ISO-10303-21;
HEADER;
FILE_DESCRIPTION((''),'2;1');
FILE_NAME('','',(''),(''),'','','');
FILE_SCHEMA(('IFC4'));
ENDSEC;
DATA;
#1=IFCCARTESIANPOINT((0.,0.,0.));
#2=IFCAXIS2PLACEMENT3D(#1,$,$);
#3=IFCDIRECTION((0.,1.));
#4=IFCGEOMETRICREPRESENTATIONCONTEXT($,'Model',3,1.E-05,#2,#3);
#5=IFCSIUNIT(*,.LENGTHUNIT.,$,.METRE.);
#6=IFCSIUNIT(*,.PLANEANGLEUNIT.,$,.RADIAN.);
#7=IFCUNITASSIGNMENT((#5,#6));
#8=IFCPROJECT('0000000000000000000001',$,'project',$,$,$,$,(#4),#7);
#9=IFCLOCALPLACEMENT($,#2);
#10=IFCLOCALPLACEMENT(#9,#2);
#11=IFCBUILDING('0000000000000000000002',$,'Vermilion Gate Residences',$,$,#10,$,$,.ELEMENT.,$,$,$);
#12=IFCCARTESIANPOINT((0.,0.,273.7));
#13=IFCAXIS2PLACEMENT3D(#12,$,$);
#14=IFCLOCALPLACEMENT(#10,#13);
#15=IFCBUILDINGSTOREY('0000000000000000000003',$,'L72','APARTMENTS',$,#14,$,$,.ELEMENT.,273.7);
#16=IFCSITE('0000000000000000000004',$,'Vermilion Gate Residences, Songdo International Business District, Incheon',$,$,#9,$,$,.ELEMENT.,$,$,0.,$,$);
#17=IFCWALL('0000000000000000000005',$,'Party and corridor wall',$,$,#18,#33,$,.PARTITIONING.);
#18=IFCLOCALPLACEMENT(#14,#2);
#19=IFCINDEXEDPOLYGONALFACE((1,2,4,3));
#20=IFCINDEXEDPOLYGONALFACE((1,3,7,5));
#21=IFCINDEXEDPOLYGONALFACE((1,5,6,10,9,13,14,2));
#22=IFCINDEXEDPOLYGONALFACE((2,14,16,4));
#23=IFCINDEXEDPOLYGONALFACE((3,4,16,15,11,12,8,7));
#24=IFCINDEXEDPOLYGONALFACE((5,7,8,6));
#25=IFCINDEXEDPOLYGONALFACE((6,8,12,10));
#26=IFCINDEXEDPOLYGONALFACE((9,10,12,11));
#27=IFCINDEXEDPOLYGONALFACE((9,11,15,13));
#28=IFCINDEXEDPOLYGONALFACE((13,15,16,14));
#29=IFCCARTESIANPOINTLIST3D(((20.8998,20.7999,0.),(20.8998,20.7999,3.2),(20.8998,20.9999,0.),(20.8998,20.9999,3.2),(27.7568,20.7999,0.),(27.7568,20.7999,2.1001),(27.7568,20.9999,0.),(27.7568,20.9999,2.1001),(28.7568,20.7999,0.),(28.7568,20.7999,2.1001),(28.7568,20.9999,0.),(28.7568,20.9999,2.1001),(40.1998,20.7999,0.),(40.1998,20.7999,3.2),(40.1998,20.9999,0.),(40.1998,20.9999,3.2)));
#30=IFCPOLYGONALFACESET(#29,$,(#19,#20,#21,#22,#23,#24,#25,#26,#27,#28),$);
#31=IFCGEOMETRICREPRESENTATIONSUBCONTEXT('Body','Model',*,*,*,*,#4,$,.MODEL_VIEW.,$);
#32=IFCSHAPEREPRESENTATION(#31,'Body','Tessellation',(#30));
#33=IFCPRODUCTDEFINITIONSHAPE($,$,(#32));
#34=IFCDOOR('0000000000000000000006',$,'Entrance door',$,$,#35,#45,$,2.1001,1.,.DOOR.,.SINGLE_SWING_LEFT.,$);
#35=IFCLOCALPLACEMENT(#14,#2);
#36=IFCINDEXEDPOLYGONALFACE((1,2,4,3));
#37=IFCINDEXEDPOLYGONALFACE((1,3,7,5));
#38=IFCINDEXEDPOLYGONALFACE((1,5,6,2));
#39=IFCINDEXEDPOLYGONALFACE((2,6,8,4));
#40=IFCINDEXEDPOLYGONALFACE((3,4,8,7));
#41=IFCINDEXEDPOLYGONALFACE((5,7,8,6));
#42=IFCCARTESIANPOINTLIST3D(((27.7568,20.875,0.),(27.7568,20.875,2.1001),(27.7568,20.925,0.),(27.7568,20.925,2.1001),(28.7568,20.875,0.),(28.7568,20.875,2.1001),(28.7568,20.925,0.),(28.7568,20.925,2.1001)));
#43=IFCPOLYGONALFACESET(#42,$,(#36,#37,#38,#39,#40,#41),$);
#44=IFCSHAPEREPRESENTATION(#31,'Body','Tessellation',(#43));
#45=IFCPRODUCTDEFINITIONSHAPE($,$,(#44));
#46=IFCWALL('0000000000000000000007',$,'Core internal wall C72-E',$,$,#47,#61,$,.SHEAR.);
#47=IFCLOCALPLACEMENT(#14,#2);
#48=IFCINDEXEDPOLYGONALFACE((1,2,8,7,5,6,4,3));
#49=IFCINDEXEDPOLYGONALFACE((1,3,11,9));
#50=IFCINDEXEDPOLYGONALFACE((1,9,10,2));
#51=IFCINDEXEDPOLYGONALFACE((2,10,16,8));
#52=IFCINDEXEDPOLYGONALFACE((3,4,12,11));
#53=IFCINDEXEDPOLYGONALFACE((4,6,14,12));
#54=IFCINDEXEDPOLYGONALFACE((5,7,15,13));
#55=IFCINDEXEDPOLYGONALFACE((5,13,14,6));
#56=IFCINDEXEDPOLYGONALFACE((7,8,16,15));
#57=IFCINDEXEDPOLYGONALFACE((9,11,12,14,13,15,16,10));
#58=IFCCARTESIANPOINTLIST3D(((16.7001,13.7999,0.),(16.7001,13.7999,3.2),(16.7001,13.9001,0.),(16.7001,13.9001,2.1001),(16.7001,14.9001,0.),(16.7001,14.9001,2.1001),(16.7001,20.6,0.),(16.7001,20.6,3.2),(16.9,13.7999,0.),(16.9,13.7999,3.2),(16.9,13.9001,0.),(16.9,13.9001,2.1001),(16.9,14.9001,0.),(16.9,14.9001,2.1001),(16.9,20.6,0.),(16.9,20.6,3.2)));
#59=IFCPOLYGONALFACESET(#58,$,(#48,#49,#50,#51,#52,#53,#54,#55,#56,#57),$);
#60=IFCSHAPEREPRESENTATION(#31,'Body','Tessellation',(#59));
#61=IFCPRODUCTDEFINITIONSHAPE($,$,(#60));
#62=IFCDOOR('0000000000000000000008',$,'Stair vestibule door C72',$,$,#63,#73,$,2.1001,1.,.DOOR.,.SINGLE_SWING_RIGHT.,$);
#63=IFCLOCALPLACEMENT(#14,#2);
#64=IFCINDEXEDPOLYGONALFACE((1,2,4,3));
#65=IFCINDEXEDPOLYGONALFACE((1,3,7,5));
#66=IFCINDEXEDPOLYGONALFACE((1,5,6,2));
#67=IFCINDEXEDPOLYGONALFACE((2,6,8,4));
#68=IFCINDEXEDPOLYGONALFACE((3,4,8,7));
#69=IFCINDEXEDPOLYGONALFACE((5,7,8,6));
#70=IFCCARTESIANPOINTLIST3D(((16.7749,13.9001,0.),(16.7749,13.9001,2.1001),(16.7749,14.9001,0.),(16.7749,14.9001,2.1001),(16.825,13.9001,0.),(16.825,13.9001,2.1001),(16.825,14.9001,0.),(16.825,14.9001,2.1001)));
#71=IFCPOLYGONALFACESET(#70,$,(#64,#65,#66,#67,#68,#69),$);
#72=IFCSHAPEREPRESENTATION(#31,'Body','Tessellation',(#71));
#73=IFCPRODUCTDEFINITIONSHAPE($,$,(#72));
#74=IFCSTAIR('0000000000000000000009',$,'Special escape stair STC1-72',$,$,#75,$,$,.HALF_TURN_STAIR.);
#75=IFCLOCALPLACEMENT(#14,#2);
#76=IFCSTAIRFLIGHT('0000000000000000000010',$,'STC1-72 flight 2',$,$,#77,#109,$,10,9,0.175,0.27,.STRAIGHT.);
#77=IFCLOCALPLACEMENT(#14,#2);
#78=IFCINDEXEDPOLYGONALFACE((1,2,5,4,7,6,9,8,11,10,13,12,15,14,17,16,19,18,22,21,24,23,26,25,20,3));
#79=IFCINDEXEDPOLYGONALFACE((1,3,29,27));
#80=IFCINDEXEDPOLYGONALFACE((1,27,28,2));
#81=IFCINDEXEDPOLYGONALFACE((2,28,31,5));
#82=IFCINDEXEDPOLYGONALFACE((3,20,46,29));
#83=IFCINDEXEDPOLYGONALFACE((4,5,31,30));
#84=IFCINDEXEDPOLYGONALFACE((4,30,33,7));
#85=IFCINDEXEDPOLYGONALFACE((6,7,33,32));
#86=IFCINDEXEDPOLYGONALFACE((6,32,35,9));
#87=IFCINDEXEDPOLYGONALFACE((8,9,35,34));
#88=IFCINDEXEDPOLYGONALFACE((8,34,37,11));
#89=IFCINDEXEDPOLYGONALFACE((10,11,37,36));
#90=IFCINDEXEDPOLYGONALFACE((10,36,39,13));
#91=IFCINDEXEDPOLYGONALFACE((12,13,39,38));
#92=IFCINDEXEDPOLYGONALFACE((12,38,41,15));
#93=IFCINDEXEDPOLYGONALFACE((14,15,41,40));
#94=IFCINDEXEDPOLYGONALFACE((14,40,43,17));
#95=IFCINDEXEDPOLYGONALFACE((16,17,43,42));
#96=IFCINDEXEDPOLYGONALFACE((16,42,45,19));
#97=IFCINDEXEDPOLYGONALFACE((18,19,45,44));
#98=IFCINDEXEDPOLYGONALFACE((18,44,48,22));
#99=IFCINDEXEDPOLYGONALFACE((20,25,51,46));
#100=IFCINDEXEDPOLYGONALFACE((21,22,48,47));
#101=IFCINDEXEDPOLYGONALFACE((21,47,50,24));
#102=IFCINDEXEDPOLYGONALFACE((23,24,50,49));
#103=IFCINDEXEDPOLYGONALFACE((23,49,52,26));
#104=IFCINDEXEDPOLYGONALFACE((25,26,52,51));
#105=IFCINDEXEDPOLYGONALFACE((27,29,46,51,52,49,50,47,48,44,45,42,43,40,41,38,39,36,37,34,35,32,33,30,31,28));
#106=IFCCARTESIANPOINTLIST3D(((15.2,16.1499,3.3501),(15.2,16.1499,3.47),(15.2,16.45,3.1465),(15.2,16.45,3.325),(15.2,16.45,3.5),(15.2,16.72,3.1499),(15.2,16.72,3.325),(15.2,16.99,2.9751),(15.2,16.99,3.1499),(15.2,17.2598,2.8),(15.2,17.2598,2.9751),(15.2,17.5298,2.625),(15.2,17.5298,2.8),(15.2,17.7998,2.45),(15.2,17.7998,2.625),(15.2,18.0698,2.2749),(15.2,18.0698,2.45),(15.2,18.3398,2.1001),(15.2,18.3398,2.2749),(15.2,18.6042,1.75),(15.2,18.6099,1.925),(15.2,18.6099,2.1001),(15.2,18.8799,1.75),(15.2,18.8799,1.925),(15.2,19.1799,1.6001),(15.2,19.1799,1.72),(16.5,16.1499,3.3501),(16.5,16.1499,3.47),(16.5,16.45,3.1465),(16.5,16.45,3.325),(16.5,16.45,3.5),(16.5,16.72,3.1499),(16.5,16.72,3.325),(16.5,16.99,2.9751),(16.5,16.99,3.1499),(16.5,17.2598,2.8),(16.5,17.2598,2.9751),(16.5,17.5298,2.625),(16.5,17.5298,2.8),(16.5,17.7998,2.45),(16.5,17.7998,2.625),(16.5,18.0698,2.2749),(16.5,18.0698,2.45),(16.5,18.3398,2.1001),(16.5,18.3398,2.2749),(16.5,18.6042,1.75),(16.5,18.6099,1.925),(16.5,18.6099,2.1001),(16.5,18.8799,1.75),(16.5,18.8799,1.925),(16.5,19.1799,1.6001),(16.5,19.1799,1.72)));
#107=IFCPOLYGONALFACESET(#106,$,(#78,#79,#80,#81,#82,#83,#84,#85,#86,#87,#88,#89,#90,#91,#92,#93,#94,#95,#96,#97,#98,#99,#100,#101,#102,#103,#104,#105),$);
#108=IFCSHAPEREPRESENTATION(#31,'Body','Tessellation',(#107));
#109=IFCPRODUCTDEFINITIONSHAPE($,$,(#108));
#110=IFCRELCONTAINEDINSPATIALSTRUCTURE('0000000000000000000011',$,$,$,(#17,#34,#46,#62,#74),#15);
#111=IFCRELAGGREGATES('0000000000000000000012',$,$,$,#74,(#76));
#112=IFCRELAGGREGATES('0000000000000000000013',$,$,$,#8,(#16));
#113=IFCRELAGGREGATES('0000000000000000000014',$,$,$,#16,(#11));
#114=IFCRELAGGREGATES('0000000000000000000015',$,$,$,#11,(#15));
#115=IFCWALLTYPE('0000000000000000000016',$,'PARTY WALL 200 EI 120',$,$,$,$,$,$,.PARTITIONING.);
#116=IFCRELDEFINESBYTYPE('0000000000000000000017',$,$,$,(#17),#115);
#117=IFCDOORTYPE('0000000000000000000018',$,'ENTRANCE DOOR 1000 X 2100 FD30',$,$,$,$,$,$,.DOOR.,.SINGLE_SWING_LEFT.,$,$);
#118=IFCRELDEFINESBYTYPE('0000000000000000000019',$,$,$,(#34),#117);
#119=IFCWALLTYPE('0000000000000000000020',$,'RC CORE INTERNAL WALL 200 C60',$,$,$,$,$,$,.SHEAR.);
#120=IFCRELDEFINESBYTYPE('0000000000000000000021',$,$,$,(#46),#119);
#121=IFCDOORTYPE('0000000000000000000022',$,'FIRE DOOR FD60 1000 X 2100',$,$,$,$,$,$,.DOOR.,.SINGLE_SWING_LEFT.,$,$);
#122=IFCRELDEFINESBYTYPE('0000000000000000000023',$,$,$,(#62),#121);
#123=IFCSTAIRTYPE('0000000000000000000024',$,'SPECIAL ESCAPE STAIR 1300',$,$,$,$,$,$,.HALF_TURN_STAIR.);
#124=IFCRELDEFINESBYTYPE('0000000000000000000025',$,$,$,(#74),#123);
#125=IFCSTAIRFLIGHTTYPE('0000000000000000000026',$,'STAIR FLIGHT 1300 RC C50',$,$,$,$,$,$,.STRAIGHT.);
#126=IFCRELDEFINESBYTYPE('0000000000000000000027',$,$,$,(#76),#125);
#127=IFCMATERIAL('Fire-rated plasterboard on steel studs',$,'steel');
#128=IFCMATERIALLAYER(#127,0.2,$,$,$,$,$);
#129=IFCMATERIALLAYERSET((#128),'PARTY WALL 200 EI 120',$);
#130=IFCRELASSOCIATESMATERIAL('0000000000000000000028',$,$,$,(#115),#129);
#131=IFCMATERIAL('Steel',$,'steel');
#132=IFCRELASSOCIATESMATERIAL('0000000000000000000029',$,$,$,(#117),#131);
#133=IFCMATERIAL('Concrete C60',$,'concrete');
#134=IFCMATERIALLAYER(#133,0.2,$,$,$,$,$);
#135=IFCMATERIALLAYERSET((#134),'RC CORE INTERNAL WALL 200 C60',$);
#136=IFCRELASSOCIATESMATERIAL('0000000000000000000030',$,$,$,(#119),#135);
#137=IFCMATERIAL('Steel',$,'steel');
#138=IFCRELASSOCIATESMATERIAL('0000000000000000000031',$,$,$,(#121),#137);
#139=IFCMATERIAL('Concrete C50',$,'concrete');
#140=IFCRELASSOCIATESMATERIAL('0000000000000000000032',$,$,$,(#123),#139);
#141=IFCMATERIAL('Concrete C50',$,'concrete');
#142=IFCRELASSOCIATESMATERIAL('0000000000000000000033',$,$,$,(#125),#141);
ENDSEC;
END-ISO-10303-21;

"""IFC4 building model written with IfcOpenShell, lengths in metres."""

from ifc_helpers import new_model, si_unit, direction, frame, frame_2d, origin, place, context, subcontext, project, spatial, polyline, rectangle, outline, extrude, material, layer, layer_set, type_object, element, fill, aggregate, save


model = new_model("IFC4")

# Units and contexts
model_context = context("Model", 3, precision=1e-05, world=origin(), true_north=direction((0.0, 1.0)))
body_context = subcontext(model_context, "Body", "Model", "MODEL_VIEW")
ifc_project = project(units=[si_unit("LENGTHUNIT", "METRE"), si_unit("PLANEANGLEUNIT", "RADIAN")], contexts=[model_context])

# Site, building, storey
site_placement = place(None, origin())
site = spatial("IfcSite", under=ifc_project, at=site_placement, Name="Vermilion Gate Residences, Songdo International Business District, Incheon", CompositionType="ELEMENT", RefElevation=0.0)
building_placement = place(site_placement, origin())
building = spatial("IfcBuilding", under=site, at=building_placement, Name="Vermilion Gate Residences", CompositionType="ELEMENT")
storey_placement = place(building_placement, frame((0.0, 0.0, 273.7)))
storey = spatial("IfcBuildingStorey", under=building, at=storey_placement, Name="L72", Description="APARTMENTS", CompositionType="ELEMENT", Elevation=273.7)

# Walls, openings, doors
ifc_material_1 = material(Name="Fire-rated plasterboard on steel studs", Category="steel")
ifc_layer_1 = layer(ifc_material_1, 0.2)
ifc_layer_set_1 = layer_set([ifc_layer_1], Name="PARTY WALL 200 EI 120")
wall_type_1 = type_object("IfcWallType", Name="PARTY WALL 200 EI 120", PredefinedType="PARTITIONING", material=ifc_layer_set_1)
wall_1_placement = place(storey_placement, frame((20.8999, 20.8999, 0.0), z_axis=(0.0, 0.0, 1.0), x_axis=(1.0, 0.0, 0.0)))
wall_1 = element("IfcWall", 1, at=wall_1_placement, inside=storey, type_object=wall_type_1, Name="Party and corridor wall", PredefinedType="PARTITIONING", context=body_context, shape_type="SweptSolid", body=[
    extrude(rectangle(XDim=19.3, YDim=0.2, at=frame_2d((9.6499, 0.0))), origin(), (0.0, 0.0, 1.0), 3.2),
])
opening_1_placement = place(wall_1_placement, frame((6.8569, 0.0, 0.0)))
opening_1 = element("IfcOpeningElement", 2, at=opening_1_placement, cuts=wall_1, PredefinedType="OPENING", context=body_context, shape_type="SweptSolid", body=[
    extrude(rectangle(XDim=1.0, YDim=2.1001, at=frame_2d((0.5, 1.05))), frame((0.0, 0.1099, 0.0), z_axis=(0.0, -1.0, 0.0), x_axis=(1.0, 0.0, 0.0)), (0.0, 0.0, 1.0), 0.22),
])
ifc_material_2 = material(Name="Steel", Category="steel")
door_type_1 = type_object("IfcDoorType", Name="ENTRANCE DOOR 1000 X 2100 FD30", OperationType="SINGLE_SWING_LEFT", PredefinedType="DOOR", material=ifc_material_2)
door_1_placement = place(opening_1_placement, frame((1.0, 0.0, 0.0), z_axis=(0.0, 0.0, 1.0), x_axis=(-1.0, 0.0, 0.0)))
door_1 = element("IfcDoor", 3, at=door_1_placement, inside=storey, type_object=door_type_1, Name="Entrance door", OperationType="SINGLE_SWING_LEFT", OverallHeight=2.1001, OverallWidth=1.0, PredefinedType="DOOR", context=body_context, shape_type="SweptSolid", body=[
    extrude(rectangle(XDim=1.0, YDim=2.1001, at=frame_2d((0.5, 1.05))), frame((0.0, 0.0249, 0.0), z_axis=(0.0, -1.0, 0.0), x_axis=(1.0, 0.0, 0.0)), (0.0, 0.0, 1.0), 0.05),
])
fill(opening_1, door_1)
ifc_material_3 = material(Name="Concrete C60", Category="concrete")
ifc_layer_2 = layer(ifc_material_3, 0.2)
ifc_layer_set_2 = layer_set([ifc_layer_2], Name="RC CORE INTERNAL WALL 200 C60")
wall_type_2 = type_object("IfcWallType", Name="RC CORE INTERNAL WALL 200 C60", PredefinedType="SHEAR", material=ifc_layer_set_2)
wall_2_placement = place(storey_placement, frame((16.8, 13.8, 0.0), z_axis=(0.0, 0.0, 1.0), x_axis=(0.0, 1.0, 0.0)))
wall_2 = element("IfcWall", 4, at=wall_2_placement, inside=storey, type_object=wall_type_2, Name="Core internal wall C72-E", PredefinedType="SHEAR", context=body_context, shape_type="SweptSolid", body=[
    extrude(rectangle(XDim=6.8, YDim=0.2, at=frame_2d((3.3999, 0.0))), origin(), (0.0, 0.0, 1.0), 3.2),
])
opening_2_placement = place(wall_2_placement, frame((0.1001, 0.0, 0.0)))
opening_2 = element("IfcOpeningElement", 5, at=opening_2_placement, cuts=wall_2, PredefinedType="OPENING", context=body_context, shape_type="SweptSolid", body=[
    extrude(rectangle(XDim=1.0, YDim=2.1001, at=frame_2d((0.5, 1.05))), frame((0.0, 0.1099, 0.0), z_axis=(0.0, -1.0, 0.0), x_axis=(1.0, 0.0, 0.0)), (0.0, 0.0, 1.0), 0.22),
])
ifc_material_4 = material(Name="Steel", Category="steel")
door_type_2 = type_object("IfcDoorType", Name="FIRE DOOR FD60 1000 X 2100", OperationType="SINGLE_SWING_LEFT", PredefinedType="DOOR", material=ifc_material_4)
door_2_placement = place(opening_2_placement, frame((1.0, 0.0, 0.0), z_axis=(0.0, 0.0, 1.0), x_axis=(-1.0, 0.0, 0.0)))
door_2 = element("IfcDoor", 6, at=door_2_placement, inside=storey, type_object=door_type_2, Name="Stair vestibule door C72", OperationType="SINGLE_SWING_RIGHT", OverallHeight=2.1001, OverallWidth=1.0, PredefinedType="DOOR", context=body_context, shape_type="SweptSolid", body=[
    extrude(rectangle(XDim=1.0, YDim=2.1001, at=frame_2d((0.5, 1.05))), frame((0.0, 0.0249, 0.0), z_axis=(0.0, -1.0, 0.0), x_axis=(1.0, 0.0, 0.0)), (0.0, 0.0, 1.0), 0.05),
])
fill(opening_2, door_2)

# Stair, stair flight
ifc_material_5 = material(Name="Concrete C50", Category="concrete")
stair_type = type_object("IfcStairType", Name="SPECIAL ESCAPE STAIR 1300", PredefinedType="HALF_TURN_STAIR", material=ifc_material_5)
stair_placement = place(storey_placement, origin())
stair = element("IfcStair", 7, at=stair_placement, inside=storey, type_object=stair_type, Name="Special escape stair STC1-72", PredefinedType="HALF_TURN_STAIR")
ifc_material_6 = material(Name="Concrete C50", Category="concrete")
stair_flight_type = type_object("IfcStairFlightType", Name="STAIR FLIGHT 1300 RC C50", PredefinedType="STRAIGHT", material=ifc_material_6)
stair_flight_placement = place(storey_placement, frame((15.8501, 18.8799, 1.75), z_axis=(0.0, 0.0, 1.0), x_axis=(0.0, -1.0, 0.0)))
stair_flight = element("IfcStairFlight", 8, at=stair_flight_placement, type_object=stair_flight_type, Name="STC1-72 flight 2", NumberOfRisers=10, NumberOfTreads=9, PredefinedType="STRAIGHT", RiserHeight=0.175, TreadLength=0.27, context=body_context, shape_type="SweptSolid", body=[
    extrude(outline(polyline([(-0.3, -0.1499), (-0.3, -0.03), (0.0, 0.0), (0.0, 0.175), (0.27, 0.175), (0.27, 0.3501), (0.54, 0.3501), (0.54, 0.5249), (0.8101, 0.5249), (0.8101, 0.7), (1.0801, 0.7), (1.0801, 0.875), (1.3501, 0.875), (1.3501, 1.05), (1.6201, 1.05), (1.6201, 1.2251), (1.8899, 1.2251), (1.8899, 1.3999), (2.1599, 1.3999), (2.1599, 1.575), (2.4299, 1.575), (2.4299, 1.75), (2.73, 1.72), (2.73, 1.6001), (2.4299, 1.3965), (0.2756, 0.0), (-0.3, -0.1499)])), frame((0.0, 0.6499, 0.0), z_axis=(0.0, -1.0, 0.0), x_axis=(1.0, 0.0, 0.0)), (0.0, 0.0, 1.0), 1.3),
])
aggregate(stair, [stair_flight])

save(model, "model.ifc")
